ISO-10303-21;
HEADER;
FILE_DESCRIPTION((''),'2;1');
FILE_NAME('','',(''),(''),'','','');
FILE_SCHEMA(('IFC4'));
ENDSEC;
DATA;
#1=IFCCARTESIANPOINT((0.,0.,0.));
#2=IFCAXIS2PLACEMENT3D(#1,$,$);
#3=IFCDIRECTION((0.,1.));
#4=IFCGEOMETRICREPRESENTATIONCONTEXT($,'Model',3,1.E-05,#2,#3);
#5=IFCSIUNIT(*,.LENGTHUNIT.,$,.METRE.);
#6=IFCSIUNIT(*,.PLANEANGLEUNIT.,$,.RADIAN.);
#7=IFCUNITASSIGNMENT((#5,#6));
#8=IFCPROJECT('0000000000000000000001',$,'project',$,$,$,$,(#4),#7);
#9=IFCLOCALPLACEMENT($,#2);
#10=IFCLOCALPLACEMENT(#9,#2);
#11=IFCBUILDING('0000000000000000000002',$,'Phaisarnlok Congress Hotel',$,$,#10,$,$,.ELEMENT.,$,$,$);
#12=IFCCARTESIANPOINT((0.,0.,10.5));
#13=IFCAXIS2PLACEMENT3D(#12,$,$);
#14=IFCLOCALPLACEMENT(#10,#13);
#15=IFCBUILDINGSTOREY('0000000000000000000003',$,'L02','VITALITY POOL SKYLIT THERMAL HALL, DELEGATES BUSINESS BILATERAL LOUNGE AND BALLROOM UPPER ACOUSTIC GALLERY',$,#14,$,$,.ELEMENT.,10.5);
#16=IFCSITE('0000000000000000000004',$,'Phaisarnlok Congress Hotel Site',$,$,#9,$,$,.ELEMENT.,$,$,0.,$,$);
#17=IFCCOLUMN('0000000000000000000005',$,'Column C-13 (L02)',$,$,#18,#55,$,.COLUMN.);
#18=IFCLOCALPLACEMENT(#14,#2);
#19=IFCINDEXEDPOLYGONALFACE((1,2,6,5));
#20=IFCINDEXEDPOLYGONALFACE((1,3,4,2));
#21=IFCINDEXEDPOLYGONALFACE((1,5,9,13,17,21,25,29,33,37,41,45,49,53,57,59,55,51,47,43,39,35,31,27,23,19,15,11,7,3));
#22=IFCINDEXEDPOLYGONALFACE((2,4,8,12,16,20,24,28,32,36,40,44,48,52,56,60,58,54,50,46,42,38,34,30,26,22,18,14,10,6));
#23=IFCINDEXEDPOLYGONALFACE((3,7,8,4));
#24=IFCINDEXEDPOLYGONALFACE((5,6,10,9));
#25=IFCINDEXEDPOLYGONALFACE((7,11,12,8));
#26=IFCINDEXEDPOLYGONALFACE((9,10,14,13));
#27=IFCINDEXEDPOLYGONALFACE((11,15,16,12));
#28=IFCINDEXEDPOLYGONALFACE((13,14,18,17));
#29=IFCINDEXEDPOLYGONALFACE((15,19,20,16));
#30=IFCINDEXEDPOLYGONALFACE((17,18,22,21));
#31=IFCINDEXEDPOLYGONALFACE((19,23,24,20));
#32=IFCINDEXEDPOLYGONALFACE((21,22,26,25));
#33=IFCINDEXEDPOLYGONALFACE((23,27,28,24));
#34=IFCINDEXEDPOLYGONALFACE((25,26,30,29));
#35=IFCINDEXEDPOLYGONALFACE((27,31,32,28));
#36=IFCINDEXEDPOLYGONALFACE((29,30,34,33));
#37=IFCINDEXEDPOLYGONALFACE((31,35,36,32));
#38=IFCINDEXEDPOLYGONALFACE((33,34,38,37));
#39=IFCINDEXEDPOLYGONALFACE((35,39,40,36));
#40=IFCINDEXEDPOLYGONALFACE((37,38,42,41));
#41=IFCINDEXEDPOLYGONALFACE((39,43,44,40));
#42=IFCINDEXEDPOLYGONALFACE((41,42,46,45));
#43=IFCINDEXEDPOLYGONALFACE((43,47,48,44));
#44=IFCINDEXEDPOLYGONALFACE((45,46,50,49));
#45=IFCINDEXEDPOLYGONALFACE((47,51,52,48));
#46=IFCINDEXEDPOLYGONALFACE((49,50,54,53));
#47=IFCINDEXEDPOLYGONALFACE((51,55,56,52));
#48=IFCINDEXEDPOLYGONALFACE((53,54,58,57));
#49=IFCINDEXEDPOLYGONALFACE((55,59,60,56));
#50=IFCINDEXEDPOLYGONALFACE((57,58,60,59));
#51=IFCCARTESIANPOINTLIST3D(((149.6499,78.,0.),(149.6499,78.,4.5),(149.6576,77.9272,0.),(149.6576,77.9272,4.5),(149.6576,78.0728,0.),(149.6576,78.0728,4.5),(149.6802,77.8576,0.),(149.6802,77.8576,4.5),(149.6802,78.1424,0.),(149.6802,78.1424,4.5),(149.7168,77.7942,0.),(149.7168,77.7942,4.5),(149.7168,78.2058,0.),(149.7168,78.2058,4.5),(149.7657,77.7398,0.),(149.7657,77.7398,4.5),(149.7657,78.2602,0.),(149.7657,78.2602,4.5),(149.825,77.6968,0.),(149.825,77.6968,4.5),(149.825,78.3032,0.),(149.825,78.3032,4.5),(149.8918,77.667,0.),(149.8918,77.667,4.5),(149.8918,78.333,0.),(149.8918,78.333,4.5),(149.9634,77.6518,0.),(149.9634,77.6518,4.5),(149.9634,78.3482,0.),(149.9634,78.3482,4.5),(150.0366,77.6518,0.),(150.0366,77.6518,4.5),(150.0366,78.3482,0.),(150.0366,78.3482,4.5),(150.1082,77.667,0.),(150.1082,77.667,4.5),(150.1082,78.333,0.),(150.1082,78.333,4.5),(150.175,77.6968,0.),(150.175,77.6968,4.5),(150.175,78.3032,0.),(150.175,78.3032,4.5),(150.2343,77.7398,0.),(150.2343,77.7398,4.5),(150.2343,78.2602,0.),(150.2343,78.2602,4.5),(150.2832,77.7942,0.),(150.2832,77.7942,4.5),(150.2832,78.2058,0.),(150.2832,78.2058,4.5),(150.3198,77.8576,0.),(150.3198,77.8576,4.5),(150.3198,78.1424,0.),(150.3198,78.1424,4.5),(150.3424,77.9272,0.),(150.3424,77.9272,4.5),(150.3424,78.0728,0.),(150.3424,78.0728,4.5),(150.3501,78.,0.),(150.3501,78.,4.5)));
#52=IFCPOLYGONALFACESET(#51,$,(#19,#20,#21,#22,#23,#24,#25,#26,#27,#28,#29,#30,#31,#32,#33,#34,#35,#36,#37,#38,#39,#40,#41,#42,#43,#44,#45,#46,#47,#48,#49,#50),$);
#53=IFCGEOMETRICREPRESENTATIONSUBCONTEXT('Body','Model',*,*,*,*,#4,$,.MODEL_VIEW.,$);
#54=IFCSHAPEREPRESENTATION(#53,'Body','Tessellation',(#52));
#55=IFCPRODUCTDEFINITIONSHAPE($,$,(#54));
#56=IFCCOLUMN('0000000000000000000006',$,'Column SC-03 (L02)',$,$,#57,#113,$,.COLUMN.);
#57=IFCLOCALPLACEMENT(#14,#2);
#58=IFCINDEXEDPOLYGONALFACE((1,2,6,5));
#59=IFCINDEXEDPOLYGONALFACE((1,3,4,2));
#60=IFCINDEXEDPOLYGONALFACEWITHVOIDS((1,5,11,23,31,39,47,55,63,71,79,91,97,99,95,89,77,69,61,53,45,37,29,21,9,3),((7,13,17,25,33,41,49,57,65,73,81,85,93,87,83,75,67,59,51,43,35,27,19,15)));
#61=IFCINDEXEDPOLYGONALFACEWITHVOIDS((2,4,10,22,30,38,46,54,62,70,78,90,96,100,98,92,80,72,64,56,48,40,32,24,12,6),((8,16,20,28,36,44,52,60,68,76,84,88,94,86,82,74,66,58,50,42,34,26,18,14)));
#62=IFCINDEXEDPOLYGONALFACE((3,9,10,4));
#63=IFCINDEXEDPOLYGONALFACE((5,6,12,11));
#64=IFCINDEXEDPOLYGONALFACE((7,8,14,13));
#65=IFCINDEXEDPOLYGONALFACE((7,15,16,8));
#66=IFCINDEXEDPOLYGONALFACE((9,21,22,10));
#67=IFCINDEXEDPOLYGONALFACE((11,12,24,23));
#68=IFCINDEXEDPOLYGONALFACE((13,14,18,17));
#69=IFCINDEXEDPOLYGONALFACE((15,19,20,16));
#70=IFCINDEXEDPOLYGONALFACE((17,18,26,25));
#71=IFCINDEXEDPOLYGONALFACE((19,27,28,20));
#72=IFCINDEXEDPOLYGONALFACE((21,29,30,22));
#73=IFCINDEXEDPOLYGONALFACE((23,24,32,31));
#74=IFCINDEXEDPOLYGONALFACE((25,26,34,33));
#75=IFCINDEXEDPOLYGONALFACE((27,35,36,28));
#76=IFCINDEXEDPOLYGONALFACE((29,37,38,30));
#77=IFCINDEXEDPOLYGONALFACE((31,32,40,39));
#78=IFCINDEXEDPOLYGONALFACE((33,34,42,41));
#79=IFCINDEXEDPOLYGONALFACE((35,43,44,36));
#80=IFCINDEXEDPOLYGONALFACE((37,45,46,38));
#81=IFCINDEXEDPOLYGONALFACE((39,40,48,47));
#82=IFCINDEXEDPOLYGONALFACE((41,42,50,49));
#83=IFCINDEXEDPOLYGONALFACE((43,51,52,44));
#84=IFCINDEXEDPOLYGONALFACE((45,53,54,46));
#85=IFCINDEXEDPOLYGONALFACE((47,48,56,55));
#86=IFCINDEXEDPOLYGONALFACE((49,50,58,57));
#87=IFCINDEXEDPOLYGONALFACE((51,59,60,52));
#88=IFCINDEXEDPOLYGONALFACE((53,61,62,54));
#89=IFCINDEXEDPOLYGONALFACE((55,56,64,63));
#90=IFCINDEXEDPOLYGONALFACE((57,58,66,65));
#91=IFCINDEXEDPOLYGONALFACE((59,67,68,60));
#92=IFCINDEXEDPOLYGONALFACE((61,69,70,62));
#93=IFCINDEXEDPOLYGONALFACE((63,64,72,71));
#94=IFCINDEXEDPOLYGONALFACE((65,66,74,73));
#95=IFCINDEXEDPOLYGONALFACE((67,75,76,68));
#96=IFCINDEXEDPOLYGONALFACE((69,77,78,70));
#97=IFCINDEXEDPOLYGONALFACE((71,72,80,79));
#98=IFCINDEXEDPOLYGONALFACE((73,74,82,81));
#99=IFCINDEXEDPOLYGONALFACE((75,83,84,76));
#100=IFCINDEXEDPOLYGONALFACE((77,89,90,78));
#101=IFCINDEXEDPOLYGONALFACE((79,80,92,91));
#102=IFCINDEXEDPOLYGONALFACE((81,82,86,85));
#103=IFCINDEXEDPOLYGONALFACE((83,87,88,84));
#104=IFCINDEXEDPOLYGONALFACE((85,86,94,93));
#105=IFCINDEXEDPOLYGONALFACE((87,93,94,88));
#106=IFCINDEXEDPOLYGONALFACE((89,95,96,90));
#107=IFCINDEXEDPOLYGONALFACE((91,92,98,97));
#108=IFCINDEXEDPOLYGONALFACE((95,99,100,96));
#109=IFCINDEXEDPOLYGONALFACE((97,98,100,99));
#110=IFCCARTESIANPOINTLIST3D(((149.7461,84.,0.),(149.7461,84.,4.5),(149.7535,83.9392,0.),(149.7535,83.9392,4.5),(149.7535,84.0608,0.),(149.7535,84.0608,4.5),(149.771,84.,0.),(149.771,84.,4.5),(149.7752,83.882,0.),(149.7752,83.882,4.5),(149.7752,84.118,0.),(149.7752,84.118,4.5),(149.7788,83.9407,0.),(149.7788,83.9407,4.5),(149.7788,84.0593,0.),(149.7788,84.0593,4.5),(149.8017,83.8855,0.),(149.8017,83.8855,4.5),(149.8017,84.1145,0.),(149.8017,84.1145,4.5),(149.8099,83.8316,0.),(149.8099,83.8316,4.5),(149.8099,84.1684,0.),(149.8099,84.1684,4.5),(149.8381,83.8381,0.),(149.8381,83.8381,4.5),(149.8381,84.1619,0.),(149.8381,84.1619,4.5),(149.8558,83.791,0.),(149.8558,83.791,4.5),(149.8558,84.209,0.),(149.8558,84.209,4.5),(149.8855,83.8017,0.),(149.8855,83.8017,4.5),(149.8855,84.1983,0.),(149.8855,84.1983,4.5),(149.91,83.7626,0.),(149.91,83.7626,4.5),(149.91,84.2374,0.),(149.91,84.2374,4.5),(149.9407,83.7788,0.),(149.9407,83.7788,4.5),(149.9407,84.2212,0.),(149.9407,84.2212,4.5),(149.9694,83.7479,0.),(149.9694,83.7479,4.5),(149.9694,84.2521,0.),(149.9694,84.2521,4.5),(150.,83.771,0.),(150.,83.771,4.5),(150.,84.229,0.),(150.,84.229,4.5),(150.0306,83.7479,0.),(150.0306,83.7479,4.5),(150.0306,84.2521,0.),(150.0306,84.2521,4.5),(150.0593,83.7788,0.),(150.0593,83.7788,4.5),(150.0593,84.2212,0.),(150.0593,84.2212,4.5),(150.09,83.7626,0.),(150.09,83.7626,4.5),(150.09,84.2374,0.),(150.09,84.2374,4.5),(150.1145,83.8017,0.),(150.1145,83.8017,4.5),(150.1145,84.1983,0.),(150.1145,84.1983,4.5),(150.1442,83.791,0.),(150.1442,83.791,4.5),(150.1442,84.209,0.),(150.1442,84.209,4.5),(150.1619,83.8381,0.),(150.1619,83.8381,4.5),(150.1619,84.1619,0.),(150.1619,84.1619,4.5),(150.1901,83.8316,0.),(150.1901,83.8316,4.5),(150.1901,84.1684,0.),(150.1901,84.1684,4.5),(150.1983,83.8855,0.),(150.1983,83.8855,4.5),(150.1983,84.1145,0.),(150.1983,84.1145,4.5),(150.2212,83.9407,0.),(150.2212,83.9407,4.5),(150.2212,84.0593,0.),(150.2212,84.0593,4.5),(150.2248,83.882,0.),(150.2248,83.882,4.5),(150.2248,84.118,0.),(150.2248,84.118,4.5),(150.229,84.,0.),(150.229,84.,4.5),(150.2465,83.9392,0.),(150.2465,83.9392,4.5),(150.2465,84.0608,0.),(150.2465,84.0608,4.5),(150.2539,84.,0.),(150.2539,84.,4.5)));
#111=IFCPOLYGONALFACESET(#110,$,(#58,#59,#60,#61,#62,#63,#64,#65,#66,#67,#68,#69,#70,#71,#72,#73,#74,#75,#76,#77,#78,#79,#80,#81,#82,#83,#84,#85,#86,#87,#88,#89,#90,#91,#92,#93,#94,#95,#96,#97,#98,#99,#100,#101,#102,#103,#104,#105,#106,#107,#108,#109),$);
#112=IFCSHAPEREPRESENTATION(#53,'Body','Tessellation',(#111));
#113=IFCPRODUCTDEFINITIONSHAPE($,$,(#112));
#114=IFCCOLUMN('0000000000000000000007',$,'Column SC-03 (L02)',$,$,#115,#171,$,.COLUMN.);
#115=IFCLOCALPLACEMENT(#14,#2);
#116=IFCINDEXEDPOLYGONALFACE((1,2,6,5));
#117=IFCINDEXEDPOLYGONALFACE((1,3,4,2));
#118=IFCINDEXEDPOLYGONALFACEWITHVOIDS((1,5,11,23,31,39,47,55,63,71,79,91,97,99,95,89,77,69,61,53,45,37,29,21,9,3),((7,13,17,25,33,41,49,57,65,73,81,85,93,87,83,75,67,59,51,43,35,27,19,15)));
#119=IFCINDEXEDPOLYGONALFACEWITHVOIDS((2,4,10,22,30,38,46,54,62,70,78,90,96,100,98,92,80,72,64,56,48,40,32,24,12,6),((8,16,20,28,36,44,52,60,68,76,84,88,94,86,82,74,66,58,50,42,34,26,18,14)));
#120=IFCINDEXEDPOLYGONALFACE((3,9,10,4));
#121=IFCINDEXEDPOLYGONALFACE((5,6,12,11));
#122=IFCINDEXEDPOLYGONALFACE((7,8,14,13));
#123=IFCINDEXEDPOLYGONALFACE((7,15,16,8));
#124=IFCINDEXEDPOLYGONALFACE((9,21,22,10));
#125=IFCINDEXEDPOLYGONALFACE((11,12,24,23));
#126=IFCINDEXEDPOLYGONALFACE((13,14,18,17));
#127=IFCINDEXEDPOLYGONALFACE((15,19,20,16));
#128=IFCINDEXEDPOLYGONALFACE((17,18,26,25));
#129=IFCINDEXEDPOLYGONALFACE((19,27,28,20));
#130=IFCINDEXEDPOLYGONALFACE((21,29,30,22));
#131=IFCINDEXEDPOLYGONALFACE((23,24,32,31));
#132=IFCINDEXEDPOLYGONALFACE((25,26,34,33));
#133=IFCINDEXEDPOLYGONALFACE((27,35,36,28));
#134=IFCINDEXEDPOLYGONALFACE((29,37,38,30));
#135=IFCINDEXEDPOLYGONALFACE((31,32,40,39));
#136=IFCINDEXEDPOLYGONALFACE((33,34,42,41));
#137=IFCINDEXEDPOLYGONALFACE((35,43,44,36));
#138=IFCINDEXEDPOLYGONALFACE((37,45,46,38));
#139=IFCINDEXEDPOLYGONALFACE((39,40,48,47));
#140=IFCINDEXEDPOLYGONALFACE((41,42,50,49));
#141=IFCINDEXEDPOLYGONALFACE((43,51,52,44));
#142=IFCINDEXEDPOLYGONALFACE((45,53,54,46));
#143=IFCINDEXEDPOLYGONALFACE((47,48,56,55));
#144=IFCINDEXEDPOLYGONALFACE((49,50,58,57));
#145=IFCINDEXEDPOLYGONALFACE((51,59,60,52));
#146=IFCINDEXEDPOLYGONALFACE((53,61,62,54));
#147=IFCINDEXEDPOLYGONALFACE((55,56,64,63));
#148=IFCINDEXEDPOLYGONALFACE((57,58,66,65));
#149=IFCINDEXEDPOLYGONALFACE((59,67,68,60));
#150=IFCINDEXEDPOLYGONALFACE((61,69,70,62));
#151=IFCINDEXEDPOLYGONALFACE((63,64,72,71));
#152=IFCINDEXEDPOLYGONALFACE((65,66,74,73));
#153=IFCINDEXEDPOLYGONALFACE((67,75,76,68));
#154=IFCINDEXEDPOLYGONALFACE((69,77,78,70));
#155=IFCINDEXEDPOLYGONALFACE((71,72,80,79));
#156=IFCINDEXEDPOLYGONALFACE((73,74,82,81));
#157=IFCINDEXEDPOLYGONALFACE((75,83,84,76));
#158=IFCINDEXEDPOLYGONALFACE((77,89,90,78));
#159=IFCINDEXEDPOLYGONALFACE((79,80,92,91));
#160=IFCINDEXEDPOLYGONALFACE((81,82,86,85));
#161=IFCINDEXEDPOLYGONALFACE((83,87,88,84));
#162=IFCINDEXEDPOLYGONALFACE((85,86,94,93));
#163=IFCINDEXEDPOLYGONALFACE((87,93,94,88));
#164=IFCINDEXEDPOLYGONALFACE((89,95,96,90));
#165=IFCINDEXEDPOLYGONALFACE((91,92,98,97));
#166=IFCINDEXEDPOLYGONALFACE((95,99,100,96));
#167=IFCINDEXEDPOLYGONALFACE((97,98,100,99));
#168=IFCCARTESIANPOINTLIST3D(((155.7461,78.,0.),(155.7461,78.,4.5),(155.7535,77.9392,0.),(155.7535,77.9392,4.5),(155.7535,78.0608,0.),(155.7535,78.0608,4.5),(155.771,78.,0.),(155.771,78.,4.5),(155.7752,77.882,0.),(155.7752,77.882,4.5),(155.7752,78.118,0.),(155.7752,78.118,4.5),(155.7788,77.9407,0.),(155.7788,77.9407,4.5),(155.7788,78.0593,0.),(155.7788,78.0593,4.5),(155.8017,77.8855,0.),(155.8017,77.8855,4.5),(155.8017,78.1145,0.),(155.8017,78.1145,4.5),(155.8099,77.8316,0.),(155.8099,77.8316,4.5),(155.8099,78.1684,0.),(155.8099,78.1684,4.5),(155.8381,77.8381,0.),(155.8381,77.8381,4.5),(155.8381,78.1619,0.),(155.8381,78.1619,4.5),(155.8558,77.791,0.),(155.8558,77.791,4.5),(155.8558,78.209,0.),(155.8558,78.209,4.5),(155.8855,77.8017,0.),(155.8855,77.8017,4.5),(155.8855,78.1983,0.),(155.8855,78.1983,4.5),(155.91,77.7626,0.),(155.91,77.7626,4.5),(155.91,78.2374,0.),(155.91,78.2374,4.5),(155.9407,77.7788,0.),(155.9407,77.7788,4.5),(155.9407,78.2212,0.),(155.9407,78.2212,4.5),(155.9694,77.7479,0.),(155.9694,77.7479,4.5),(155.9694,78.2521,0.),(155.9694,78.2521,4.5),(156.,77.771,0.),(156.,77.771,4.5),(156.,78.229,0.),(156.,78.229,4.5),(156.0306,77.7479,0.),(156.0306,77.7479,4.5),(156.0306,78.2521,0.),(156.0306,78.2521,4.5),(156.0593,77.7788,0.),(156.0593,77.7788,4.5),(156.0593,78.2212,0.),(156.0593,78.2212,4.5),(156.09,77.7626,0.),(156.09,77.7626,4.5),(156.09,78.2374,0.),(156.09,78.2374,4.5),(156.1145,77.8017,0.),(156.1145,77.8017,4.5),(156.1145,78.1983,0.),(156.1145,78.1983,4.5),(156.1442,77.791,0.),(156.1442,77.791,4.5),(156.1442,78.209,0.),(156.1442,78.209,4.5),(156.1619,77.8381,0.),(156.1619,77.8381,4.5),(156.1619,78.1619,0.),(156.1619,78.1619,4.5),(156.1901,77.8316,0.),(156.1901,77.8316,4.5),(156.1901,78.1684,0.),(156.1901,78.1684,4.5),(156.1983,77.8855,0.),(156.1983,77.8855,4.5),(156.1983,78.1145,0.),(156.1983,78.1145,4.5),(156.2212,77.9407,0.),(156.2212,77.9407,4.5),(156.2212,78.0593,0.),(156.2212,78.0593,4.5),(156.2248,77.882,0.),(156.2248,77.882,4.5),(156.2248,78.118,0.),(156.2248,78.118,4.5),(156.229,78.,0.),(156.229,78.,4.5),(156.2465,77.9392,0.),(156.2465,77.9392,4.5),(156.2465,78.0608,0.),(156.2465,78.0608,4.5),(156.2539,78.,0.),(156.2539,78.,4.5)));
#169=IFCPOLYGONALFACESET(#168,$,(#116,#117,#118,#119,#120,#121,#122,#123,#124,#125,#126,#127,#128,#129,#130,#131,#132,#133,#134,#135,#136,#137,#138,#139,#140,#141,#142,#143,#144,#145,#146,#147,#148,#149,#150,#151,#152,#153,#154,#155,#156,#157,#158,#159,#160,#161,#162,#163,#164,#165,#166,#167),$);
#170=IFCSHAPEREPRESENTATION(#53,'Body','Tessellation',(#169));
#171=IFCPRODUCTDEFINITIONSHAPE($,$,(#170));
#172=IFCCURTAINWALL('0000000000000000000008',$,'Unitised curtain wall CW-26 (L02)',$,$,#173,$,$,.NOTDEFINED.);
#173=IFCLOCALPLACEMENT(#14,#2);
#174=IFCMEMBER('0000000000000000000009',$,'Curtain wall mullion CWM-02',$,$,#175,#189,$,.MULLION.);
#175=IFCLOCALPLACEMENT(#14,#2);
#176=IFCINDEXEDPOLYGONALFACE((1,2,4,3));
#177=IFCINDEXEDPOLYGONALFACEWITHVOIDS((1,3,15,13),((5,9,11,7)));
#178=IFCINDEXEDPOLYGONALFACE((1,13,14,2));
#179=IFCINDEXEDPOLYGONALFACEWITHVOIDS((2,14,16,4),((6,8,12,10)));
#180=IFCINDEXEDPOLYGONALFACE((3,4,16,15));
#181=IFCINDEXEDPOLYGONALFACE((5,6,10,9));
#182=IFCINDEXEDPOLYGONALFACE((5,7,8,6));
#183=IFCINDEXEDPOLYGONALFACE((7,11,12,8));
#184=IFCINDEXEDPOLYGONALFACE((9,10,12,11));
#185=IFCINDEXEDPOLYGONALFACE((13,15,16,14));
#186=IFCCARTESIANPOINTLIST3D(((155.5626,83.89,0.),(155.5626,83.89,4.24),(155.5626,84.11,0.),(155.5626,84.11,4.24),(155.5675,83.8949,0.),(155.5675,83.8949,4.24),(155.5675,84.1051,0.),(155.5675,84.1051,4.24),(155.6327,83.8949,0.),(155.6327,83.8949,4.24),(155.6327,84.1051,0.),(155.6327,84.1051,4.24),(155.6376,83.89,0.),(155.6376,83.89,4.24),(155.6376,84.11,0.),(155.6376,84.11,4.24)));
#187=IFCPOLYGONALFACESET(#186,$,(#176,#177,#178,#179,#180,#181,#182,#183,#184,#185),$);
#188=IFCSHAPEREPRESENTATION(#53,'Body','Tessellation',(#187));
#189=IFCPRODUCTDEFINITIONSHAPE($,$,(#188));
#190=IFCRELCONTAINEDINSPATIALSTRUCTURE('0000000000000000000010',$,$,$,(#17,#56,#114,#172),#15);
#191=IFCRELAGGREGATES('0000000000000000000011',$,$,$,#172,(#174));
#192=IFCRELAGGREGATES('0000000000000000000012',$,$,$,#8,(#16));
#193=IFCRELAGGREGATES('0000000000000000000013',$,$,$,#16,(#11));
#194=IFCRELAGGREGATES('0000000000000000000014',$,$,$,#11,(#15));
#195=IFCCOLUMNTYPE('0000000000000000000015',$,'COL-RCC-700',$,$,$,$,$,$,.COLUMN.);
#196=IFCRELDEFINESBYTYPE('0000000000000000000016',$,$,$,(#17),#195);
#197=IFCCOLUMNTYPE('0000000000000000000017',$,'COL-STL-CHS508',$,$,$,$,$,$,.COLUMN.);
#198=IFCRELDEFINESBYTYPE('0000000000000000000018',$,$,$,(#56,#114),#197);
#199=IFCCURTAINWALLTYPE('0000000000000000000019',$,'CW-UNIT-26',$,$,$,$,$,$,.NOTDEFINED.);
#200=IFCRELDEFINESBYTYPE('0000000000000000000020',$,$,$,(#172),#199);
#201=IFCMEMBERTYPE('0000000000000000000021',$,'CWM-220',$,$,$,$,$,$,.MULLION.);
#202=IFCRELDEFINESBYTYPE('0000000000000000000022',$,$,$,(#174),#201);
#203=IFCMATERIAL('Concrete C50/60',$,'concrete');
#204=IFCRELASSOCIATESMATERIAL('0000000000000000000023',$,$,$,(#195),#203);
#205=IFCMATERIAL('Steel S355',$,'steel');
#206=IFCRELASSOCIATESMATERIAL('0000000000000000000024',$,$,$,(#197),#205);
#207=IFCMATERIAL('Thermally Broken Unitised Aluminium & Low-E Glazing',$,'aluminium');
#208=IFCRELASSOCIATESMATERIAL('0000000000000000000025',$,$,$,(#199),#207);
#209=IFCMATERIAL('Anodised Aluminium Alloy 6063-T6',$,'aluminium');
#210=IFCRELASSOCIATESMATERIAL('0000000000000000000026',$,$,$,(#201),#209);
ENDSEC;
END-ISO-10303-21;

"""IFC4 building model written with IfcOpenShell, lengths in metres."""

from ifc_helpers import new_model, si_unit, direction, frame, origin, origin_2d, place, context, subcontext, project, spatial, hollow_rectangle, circle, hollow_circle, extrude, material, material_profile, profile_set, type_object, element, aggregate, save


model = new_model("IFC4")

# Units and contexts
model_context = context("Model", 3, precision=1e-05, world=origin(), true_north=direction((0.0, 1.0)))
body_context = subcontext(model_context, "Body", "Model", "MODEL_VIEW")
ifc_project = project(units=[si_unit("LENGTHUNIT", "METRE"), si_unit("PLANEANGLEUNIT", "RADIAN")], contexts=[model_context])

# Site, building, storey
site_placement = place(None, origin())
site = spatial("IfcSite", under=ifc_project, at=site_placement, Name="Phaisarnlok Congress Hotel Site", CompositionType="ELEMENT", RefElevation=0.0)
building_placement = place(site_placement, origin())
building = spatial("IfcBuilding", under=site, at=building_placement, Name="Phaisarnlok Congress Hotel", CompositionType="ELEMENT")
storey_placement = place(building_placement, frame((0.0, 0.0, 10.5)))
storey = spatial("IfcBuildingStorey", under=building, at=storey_placement, Name="L02", Description="VITALITY POOL SKYLIT THERMAL HALL, DELEGATES BUSINESS BILATERAL LOUNGE AND BALLROOM UPPER ACOUSTIC GALLERY", CompositionType="ELEMENT", Elevation=10.5)

# Columns
ifc_material_1 = material(Name="Concrete C50/60", Category="concrete")
ifc_material_profile_1 = material_profile(ifc_material_1, circle(Radius=0.3501, at=origin_2d()), Name="RCC D700")
ifc_profile_set_1 = profile_set([ifc_material_profile_1], Name="Concrete C50/60")
column_type_1 = type_object("IfcColumnType", Name="COL-RCC-700", PredefinedType="COLUMN", material=ifc_profile_set_1)
column_placement = place(storey_placement, frame((150.0, 78.0, 0.0), z_axis=(0.0, 0.0, 1.0), x_axis=(1.0, 0.0, 0.0)))
element("IfcColumn", 1, at=column_placement, inside=storey, type_object=column_type_1, Name="Column C-13 (L02)", PredefinedType="COLUMN", context=body_context, shape_type="SweptSolid", body=[
    extrude(circle(Radius=0.3501, at=origin_2d()), origin(), (0.0, 0.0, 1.0), 4.5),
])
ifc_material_2 = material(Name="Steel S355", Category="steel")
ifc_material_profile_2 = material_profile(ifc_material_2, hollow_circle(Radius=0.2539, WallThickness=0.0249, at=origin_2d()), Name="CHS 508x25")
ifc_profile_set_2 = profile_set([ifc_material_profile_2], Name="Steel S355")
column_type_2 = type_object("IfcColumnType", Name="COL-STL-CHS508", PredefinedType="COLUMN", material=ifc_profile_set_2)
for number, where, z_axis, x_axis, name in (
    (2, (150.0, 84.0, 0.0), (0.0, 0.0, 1.0), (1.0, 0.0, 0.0), "Column SC-03 (L02)"),
    (3, (156.0, 78.0, 0.0), (0.0, 0.0, 1.0), (1.0, 0.0, 0.0), "Column SC-03 (L02)"),
):
    element("IfcColumn", number, at=place(storey_placement, frame(where, z_axis=z_axis, x_axis=x_axis)), inside=storey, type_object=column_type_2, Name=name, PredefinedType="COLUMN", context=body_context, shape_type="SweptSolid", body=[
        extrude(hollow_circle(Radius=0.2539, WallThickness=0.0249, at=origin_2d()), origin(), (0.0, 0.0, 1.0), 4.5),
    ])

# Curtain wall, member
ifc_material_3 = material(Name="Thermally Broken Unitised Aluminium & Low-E Glazing", Category="aluminium")
curtain_wall_type = type_object("IfcCurtainWallType", Name="CW-UNIT-26", PredefinedType="NOTDEFINED", material=ifc_material_3)
curtain_wall_1_placement = place(storey_placement, origin())
curtain_wall_1 = element("IfcCurtainWall", 4, at=curtain_wall_1_placement, inside=storey, type_object=curtain_wall_type, Name="Unitised curtain wall CW-26 (L02)", PredefinedType="NOTDEFINED")
ifc_material_4 = material(Name="Anodised Aluminium Alloy 6063-T6", Category="aluminium")
ifc_material_profile_3 = material_profile(ifc_material_4, hollow_rectangle(XDim=0.075, YDim=0.22, WallThickness=0.0049, at=origin_2d()), Name="ALU-M 75x220x5")
ifc_profile_set_3 = profile_set([ifc_material_profile_3], Name="Anodised Aluminium Alloy 6063-T6")
member_type_1 = type_object("IfcMemberType", Name="CWM-220", PredefinedType="MULLION", material=ifc_profile_set_3)
member_1_placement = place(storey_placement, frame((155.6001, 84.0, 0.0), z_axis=(0.0, 0.0, 1.0), x_axis=(-1.0, 0.0, 0.0)))
member_1 = element("IfcMember", 5, at=member_1_placement, type_object=member_type_1, Name="Curtain wall mullion CWM-02", PredefinedType="MULLION", context=body_context, shape_type="SweptSolid", body=[
    extrude(hollow_rectangle(XDim=0.075, YDim=0.22, WallThickness=0.0049, at=origin_2d()), origin(), (0.0, 0.0, 1.0), 4.24),
])

aggregate(curtain_wall_1, [member_1])

save(model, "model.ifc")
